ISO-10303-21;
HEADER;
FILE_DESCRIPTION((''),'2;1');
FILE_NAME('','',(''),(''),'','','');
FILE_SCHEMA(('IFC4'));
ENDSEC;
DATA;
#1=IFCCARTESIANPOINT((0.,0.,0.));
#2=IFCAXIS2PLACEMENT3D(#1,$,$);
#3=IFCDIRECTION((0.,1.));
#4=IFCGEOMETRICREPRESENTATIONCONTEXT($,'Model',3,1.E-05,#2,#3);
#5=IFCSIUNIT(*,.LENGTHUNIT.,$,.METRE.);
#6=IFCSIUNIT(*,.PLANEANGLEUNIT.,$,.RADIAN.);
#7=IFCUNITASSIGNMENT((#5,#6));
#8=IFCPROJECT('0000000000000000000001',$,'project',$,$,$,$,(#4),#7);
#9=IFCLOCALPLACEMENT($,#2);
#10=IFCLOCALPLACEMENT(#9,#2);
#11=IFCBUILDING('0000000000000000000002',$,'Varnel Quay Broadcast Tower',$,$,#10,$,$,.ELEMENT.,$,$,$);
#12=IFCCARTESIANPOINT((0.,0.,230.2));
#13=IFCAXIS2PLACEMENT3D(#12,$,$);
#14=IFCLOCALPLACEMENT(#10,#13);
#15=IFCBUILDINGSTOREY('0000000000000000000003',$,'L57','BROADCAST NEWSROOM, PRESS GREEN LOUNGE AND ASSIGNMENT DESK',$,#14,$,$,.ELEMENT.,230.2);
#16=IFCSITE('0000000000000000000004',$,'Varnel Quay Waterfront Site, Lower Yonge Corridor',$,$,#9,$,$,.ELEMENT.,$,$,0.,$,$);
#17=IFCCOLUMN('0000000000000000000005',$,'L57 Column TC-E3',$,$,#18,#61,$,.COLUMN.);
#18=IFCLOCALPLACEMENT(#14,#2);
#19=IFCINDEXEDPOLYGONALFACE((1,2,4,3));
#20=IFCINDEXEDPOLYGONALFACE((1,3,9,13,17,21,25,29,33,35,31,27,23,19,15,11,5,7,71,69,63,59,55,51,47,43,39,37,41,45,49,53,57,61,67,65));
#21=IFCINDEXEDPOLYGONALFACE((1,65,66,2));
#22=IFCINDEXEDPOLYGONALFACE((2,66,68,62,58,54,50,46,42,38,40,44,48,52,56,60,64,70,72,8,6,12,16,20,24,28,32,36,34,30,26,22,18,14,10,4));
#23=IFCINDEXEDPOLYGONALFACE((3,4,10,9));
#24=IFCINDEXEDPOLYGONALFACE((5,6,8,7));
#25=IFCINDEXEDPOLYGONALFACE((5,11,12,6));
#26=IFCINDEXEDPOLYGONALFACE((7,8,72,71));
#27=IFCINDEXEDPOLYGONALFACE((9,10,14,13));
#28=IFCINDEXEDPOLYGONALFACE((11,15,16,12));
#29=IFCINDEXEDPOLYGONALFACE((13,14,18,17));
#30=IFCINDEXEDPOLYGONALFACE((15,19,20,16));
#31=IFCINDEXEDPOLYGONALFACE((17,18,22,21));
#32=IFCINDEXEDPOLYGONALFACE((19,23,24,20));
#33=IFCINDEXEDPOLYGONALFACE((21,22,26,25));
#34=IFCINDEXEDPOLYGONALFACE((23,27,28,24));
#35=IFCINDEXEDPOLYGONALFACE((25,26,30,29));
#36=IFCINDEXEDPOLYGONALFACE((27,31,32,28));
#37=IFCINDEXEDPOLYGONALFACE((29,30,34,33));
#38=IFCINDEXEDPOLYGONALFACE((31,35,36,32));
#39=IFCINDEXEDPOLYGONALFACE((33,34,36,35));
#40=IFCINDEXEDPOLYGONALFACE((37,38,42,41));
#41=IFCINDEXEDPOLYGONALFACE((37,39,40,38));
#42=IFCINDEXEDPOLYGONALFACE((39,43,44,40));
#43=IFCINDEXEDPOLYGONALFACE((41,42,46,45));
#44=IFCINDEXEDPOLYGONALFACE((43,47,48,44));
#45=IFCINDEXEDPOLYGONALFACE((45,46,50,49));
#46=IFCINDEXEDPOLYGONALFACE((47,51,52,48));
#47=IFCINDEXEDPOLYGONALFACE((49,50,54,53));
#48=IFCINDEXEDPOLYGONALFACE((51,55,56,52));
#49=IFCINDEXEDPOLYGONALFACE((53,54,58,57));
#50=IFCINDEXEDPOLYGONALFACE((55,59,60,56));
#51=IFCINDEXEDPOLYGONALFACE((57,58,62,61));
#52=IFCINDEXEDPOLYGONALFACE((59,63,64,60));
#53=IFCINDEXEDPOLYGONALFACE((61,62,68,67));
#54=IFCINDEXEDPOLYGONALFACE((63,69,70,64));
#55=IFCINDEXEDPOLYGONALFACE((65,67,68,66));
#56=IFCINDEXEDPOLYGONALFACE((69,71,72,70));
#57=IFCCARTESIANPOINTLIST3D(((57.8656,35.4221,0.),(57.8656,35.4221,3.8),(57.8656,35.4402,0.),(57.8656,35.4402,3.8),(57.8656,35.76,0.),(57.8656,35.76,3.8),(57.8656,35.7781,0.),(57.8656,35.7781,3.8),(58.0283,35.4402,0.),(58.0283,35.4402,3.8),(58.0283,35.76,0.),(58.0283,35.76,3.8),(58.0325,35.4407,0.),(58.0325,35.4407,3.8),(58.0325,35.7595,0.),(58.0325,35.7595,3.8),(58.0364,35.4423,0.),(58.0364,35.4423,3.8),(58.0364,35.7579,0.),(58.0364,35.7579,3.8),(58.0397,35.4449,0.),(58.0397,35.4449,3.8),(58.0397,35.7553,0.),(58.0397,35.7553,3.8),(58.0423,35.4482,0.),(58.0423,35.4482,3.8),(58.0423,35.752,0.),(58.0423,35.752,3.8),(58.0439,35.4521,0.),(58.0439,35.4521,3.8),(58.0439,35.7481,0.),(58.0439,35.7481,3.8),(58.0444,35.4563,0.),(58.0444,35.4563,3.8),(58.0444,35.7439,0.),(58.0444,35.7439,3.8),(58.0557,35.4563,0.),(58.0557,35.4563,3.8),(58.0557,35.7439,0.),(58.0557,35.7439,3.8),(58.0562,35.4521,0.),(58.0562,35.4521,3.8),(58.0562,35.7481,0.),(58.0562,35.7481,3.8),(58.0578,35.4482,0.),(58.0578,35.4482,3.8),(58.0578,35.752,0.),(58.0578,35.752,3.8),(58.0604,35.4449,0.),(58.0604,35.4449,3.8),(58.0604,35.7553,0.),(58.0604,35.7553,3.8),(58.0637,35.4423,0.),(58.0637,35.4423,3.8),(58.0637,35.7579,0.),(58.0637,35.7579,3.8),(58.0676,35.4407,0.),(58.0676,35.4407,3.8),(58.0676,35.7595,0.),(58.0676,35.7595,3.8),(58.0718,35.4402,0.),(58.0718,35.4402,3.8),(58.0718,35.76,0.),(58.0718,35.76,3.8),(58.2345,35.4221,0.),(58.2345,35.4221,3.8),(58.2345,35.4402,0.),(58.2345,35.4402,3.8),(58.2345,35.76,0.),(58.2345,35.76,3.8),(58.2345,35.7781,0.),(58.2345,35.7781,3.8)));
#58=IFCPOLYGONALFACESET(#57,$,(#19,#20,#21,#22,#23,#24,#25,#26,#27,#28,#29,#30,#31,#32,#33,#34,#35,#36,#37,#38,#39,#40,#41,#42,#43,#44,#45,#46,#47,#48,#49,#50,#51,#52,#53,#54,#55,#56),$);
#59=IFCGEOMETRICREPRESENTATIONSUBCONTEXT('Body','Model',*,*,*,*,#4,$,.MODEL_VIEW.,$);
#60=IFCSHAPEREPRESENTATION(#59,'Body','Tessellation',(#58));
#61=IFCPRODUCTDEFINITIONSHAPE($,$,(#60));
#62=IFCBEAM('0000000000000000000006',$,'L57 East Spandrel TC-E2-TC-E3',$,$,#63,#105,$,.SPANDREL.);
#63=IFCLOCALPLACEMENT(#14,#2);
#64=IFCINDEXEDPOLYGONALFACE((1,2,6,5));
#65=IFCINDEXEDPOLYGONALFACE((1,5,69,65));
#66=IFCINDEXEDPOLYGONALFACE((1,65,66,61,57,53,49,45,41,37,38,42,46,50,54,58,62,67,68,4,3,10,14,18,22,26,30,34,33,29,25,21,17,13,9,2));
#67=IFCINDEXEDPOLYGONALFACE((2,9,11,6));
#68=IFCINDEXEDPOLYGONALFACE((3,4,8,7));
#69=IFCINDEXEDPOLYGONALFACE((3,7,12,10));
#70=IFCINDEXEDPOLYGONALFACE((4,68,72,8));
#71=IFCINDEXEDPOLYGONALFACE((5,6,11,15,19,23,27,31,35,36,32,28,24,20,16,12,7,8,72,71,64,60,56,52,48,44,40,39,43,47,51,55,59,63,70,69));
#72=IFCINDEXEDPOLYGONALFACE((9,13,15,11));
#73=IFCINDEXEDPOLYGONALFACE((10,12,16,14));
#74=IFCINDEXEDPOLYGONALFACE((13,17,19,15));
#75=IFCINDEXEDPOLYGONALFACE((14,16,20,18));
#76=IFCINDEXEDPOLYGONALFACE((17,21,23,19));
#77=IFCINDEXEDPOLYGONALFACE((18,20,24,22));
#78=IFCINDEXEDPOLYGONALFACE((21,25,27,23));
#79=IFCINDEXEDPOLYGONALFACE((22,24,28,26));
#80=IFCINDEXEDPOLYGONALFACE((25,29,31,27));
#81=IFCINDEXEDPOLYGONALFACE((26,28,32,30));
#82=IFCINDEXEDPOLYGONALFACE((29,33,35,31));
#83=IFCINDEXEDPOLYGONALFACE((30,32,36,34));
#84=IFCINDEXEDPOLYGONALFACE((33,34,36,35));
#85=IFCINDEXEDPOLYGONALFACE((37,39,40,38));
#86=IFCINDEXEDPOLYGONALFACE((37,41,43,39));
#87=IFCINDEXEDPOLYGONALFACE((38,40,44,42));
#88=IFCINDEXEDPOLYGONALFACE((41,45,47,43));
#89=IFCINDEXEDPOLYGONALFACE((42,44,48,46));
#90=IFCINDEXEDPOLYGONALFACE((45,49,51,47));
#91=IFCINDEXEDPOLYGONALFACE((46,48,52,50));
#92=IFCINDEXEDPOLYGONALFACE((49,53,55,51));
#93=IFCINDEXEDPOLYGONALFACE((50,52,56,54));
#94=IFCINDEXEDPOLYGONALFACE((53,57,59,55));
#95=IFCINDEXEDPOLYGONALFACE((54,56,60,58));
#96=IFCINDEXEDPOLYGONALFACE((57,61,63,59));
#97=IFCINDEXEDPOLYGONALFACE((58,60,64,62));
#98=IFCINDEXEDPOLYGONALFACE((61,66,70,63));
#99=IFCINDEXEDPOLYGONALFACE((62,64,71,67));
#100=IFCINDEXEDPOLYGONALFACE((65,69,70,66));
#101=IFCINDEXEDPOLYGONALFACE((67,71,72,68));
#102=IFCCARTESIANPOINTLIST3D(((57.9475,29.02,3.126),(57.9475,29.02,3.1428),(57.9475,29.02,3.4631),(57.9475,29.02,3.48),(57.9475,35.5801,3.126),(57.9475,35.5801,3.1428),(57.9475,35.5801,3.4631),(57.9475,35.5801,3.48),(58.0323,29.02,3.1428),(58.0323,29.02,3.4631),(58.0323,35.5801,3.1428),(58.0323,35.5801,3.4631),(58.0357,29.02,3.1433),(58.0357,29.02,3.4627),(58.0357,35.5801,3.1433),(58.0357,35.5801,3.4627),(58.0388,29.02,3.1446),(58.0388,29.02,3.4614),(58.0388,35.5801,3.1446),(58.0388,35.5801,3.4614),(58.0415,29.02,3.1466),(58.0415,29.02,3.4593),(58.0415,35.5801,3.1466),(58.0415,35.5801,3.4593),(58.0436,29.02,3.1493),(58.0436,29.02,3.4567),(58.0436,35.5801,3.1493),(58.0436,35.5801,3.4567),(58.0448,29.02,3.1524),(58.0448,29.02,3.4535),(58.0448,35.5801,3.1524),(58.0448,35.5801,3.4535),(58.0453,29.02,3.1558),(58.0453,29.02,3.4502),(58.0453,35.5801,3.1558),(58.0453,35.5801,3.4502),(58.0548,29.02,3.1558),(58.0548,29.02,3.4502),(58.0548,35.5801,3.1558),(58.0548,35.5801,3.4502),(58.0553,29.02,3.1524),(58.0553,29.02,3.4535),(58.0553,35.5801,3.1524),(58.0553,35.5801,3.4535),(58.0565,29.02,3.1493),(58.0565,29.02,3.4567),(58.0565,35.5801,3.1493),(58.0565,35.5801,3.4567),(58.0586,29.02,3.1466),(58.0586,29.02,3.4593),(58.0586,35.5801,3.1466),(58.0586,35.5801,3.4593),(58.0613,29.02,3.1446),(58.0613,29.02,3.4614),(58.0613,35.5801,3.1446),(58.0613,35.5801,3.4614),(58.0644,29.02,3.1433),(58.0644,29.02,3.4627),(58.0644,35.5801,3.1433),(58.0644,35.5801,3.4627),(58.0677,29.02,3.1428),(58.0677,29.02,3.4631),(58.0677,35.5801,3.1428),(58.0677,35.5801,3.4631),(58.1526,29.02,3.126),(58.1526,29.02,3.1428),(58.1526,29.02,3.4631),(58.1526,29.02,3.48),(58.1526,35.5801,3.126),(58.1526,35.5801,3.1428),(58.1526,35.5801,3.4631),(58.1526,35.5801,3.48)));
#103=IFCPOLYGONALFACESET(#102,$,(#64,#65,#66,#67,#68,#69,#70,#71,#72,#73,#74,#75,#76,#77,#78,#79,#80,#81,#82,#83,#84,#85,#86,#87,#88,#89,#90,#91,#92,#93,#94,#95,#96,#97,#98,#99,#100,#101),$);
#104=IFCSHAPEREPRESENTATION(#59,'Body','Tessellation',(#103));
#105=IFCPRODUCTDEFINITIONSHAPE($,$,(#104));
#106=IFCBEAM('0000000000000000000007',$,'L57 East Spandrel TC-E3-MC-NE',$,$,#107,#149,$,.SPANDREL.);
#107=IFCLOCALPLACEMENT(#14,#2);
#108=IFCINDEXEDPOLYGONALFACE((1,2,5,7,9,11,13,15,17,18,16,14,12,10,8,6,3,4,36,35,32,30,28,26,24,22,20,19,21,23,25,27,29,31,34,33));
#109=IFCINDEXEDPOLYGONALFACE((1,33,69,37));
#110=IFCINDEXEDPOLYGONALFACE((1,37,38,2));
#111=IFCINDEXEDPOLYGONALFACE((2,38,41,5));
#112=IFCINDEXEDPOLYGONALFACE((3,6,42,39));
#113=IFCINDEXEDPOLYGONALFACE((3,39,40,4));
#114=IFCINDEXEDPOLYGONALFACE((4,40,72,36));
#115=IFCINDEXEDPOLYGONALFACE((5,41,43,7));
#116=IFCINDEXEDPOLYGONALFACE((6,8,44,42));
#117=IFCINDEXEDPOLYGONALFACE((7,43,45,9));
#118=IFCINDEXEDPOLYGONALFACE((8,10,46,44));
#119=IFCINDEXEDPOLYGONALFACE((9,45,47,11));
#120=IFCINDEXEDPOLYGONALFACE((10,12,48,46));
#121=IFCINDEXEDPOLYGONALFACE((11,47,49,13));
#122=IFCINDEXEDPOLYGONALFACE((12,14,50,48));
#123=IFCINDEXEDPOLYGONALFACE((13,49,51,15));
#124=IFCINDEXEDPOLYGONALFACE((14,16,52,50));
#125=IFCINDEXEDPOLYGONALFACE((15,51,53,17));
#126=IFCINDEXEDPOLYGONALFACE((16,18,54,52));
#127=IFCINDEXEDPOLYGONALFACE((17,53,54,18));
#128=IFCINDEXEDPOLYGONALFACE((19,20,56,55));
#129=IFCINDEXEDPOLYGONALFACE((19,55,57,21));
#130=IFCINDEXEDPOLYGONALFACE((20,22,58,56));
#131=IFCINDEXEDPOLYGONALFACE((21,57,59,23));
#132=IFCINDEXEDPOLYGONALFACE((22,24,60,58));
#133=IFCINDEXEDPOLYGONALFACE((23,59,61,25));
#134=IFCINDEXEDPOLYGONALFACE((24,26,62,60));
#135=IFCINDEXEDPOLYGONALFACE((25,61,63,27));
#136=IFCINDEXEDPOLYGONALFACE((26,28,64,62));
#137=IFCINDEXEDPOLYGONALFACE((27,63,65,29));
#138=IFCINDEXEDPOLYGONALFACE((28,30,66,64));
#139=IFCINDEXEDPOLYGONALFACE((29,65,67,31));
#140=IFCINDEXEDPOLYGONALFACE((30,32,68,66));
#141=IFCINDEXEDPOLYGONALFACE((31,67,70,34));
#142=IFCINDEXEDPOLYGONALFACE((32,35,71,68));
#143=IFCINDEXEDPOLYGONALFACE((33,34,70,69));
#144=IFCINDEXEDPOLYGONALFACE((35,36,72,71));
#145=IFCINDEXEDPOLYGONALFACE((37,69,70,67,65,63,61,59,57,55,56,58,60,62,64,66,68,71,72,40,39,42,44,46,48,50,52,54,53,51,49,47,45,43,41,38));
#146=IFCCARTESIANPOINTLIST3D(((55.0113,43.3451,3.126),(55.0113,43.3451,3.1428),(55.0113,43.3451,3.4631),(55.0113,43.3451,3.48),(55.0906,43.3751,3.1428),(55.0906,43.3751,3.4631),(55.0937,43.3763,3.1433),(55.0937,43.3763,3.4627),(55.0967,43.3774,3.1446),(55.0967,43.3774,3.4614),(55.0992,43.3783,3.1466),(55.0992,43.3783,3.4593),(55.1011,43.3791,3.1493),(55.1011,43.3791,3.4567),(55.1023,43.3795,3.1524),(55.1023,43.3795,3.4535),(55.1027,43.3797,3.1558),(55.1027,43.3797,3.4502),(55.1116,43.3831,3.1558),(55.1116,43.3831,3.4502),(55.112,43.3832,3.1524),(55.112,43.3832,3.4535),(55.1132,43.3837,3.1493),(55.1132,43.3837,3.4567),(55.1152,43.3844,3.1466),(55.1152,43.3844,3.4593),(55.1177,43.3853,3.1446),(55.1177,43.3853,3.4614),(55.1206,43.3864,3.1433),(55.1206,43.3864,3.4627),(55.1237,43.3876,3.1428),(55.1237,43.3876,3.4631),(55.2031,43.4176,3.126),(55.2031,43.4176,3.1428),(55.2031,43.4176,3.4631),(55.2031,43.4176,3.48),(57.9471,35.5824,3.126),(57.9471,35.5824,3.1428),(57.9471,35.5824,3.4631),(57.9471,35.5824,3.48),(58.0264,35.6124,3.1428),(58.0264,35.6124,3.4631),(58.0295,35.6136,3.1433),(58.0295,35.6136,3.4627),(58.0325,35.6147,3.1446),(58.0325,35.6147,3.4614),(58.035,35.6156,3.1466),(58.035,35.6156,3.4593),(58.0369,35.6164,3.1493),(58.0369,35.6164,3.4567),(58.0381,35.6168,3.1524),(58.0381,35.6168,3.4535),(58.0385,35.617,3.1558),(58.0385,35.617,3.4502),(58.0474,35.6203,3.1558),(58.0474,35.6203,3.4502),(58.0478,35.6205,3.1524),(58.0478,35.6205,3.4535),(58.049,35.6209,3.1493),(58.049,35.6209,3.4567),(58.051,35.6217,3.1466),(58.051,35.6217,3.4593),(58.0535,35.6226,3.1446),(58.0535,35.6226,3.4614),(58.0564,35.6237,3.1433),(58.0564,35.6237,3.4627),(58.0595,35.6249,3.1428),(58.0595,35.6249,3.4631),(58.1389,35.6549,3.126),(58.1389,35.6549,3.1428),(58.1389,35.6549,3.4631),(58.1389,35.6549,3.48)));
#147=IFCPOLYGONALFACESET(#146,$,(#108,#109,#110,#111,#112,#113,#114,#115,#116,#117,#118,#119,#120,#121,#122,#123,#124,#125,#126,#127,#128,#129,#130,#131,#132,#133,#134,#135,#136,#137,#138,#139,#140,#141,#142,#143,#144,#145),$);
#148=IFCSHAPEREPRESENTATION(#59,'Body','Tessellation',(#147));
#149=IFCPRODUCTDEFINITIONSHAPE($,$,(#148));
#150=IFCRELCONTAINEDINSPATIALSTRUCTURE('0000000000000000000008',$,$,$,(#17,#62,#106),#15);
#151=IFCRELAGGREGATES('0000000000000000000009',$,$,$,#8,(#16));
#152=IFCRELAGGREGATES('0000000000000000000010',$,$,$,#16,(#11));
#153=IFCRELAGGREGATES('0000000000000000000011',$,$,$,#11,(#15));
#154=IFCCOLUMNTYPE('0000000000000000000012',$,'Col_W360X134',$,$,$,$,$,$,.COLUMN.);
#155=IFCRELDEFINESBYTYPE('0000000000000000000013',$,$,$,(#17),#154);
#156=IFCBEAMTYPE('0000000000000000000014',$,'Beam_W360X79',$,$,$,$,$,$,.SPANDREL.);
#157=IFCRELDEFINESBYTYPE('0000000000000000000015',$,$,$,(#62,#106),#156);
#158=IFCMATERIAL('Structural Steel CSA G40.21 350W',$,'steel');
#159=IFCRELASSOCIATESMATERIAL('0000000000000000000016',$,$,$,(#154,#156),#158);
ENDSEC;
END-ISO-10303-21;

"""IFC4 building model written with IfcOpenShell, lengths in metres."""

from ifc_helpers import new_model, si_unit, direction, frame, origin, origin_2d, place, context, subcontext, project, spatial, i_section, extrude, source, transform, mapped, material, material_profile, profile_set, type_object, type_shapes, element, save


model = new_model("IFC4")

# Units and contexts
model_context = context("Model", 3, precision=1e-05, world=origin(), true_north=direction((0.0, 1.0)))
body_context = subcontext(model_context, "Body", "Model", "MODEL_VIEW")
ifc_project = project(units=[si_unit("LENGTHUNIT", "METRE"), si_unit("PLANEANGLEUNIT", "RADIAN")], contexts=[model_context])

# Site, building, storey
site_placement = place(None, origin())
site = spatial("IfcSite", under=ifc_project, at=site_placement, Name="Varnel Quay Waterfront Site, Lower Yonge Corridor", CompositionType="ELEMENT", RefElevation=0.0)
building_placement = place(site_placement, origin())
building = spatial("IfcBuilding", under=site, at=building_placement, Name="Varnel Quay Broadcast Tower", CompositionType="ELEMENT")
storey_placement = place(building_placement, frame((0.0, 0.0, 230.2)))
storey = spatial("IfcBuildingStorey", under=building, at=storey_placement, Name="L57", Description="BROADCAST NEWSROOM, PRESS GREEN LOUNGE AND ASSIGNMENT DESK", CompositionType="ELEMENT", Elevation=230.2)

# Column
ifc_material_1 = material(Name="Structural Steel CSA G40.21 350W", Category="steel")
ifc_material_profile_1 = material_profile(ifc_material_1, i_section(OverallWidth=0.3689, OverallDepth=0.356, WebThickness=0.0112, FlangeThickness=0.0181, FilletRadius=0.0161, at=origin_2d()), Name="W360X134")
ifc_profile_set_1 = profile_set([ifc_material_profile_1], Name="Structural Steel CSA G40.21 350W")
column_type_1 = type_object("IfcColumnType", Name="Col_W360X134", PredefinedType="COLUMN", material=ifc_profile_set_1)
shared_shape_1 = source(origin(), body_context, "Body", "SweptSolid", [
    extrude(i_section(OverallWidth=0.3689, OverallDepth=0.356, WebThickness=0.0112, FlangeThickness=0.0181, FilletRadius=0.0161, at=origin_2d()), origin(), (0.0, 0.0, 1.0), 3.8),
])
type_shapes(column_type_1, [shared_shape_1])
for number, where, z_axis, x_axis, name in (
    (1, (58.05, 35.6001, 0.0), (0.0, 0.0, 1.0), (1.0, 0.0, 0.0), "L57 Column TC-E3"),
):
    element("IfcColumn", number, at=place(storey_placement, frame(where, z_axis=z_axis, x_axis=x_axis)), inside=storey, type_object=column_type_1, Name=name, PredefinedType="COLUMN", context=body_context, shape_type="MappedRepresentation", body=[
        mapped(shared_shape_1, transform((0.0, 0.0, 0.0), x_axis=(1.0, 0.0, 0.0), y_axis=(0.0, 1.0, 0.0), z_axis=(0.0, 0.0, 1.0), scale=1.0)),
    ])

# Beams
ifc_material_profile_2 = material_profile(ifc_material_1, i_section(OverallWidth=0.2051, OverallDepth=0.354, WebThickness=0.0095, FlangeThickness=0.0168, FilletRadius=0.0129, at=origin_2d()), Name="W360X79")
ifc_profile_set_2 = profile_set([ifc_material_profile_2], Name="Structural Steel CSA G40.21 350W")
beam_type_1 = type_object("IfcBeamType", Name="Beam_W360X79", PredefinedType="SPANDREL", material=ifc_profile_set_2)
shared_shape_2 = source(origin(), body_context, "Body", "SweptSolid", [
    extrude(i_section(OverallWidth=0.2051, OverallDepth=0.354, WebThickness=0.0095, FlangeThickness=0.0168, FilletRadius=0.0129, at=origin_2d()), origin(), (0.0, 0.0, 1.0), 6.5601),
])
beam_1_placement = place(storey_placement, frame((58.05, 29.02, 3.303), z_axis=(0.0, 1.0, 0.0), x_axis=(-1.0, 0.0, 0.0)))
element("IfcBeam", 2, at=beam_1_placement, inside=storey, type_object=beam_type_1, Name="L57 East Spandrel TC-E2-TC-E3", PredefinedType="SPANDREL", context=body_context, shape_type="MappedRepresentation", body=[
    mapped(shared_shape_2, transform((0.0, 0.0, 0.0), x_axis=(1.0, 0.0, 0.0), y_axis=(0.0, 1.0, 0.0), z_axis=(0.0, 0.0, 1.0), scale=1.0)),
])
shared_shape_3 = source(origin(), body_context, "Body", "SweptSolid", [
    extrude(i_section(OverallWidth=0.2051, OverallDepth=0.354, WebThickness=0.0095, FlangeThickness=0.0168, FilletRadius=0.0129, at=origin_2d()), origin(), (0.0, 0.0, 1.0), 8.2993),
])
beam_2_placement = place(storey_placement, frame((58.043, 35.6187, 3.303), z_axis=(-0.35374, 0.935344, 0.0), x_axis=(-0.935344, -0.35374, 0.0)))
element("IfcBeam", 3, at=beam_2_placement, inside=storey, type_object=beam_type_1, Name="L57 East Spandrel TC-E3-MC-NE", PredefinedType="SPANDREL", context=body_context, shape_type="MappedRepresentation", body=[
    mapped(shared_shape_3, transform((0.0, 0.0, 0.0), x_axis=(1.0, 0.0, 0.0), y_axis=(0.0, 1.0, 0.0), z_axis=(0.0, 0.0, 1.0), scale=1.0)),
])

save(model, "model.ifc")
